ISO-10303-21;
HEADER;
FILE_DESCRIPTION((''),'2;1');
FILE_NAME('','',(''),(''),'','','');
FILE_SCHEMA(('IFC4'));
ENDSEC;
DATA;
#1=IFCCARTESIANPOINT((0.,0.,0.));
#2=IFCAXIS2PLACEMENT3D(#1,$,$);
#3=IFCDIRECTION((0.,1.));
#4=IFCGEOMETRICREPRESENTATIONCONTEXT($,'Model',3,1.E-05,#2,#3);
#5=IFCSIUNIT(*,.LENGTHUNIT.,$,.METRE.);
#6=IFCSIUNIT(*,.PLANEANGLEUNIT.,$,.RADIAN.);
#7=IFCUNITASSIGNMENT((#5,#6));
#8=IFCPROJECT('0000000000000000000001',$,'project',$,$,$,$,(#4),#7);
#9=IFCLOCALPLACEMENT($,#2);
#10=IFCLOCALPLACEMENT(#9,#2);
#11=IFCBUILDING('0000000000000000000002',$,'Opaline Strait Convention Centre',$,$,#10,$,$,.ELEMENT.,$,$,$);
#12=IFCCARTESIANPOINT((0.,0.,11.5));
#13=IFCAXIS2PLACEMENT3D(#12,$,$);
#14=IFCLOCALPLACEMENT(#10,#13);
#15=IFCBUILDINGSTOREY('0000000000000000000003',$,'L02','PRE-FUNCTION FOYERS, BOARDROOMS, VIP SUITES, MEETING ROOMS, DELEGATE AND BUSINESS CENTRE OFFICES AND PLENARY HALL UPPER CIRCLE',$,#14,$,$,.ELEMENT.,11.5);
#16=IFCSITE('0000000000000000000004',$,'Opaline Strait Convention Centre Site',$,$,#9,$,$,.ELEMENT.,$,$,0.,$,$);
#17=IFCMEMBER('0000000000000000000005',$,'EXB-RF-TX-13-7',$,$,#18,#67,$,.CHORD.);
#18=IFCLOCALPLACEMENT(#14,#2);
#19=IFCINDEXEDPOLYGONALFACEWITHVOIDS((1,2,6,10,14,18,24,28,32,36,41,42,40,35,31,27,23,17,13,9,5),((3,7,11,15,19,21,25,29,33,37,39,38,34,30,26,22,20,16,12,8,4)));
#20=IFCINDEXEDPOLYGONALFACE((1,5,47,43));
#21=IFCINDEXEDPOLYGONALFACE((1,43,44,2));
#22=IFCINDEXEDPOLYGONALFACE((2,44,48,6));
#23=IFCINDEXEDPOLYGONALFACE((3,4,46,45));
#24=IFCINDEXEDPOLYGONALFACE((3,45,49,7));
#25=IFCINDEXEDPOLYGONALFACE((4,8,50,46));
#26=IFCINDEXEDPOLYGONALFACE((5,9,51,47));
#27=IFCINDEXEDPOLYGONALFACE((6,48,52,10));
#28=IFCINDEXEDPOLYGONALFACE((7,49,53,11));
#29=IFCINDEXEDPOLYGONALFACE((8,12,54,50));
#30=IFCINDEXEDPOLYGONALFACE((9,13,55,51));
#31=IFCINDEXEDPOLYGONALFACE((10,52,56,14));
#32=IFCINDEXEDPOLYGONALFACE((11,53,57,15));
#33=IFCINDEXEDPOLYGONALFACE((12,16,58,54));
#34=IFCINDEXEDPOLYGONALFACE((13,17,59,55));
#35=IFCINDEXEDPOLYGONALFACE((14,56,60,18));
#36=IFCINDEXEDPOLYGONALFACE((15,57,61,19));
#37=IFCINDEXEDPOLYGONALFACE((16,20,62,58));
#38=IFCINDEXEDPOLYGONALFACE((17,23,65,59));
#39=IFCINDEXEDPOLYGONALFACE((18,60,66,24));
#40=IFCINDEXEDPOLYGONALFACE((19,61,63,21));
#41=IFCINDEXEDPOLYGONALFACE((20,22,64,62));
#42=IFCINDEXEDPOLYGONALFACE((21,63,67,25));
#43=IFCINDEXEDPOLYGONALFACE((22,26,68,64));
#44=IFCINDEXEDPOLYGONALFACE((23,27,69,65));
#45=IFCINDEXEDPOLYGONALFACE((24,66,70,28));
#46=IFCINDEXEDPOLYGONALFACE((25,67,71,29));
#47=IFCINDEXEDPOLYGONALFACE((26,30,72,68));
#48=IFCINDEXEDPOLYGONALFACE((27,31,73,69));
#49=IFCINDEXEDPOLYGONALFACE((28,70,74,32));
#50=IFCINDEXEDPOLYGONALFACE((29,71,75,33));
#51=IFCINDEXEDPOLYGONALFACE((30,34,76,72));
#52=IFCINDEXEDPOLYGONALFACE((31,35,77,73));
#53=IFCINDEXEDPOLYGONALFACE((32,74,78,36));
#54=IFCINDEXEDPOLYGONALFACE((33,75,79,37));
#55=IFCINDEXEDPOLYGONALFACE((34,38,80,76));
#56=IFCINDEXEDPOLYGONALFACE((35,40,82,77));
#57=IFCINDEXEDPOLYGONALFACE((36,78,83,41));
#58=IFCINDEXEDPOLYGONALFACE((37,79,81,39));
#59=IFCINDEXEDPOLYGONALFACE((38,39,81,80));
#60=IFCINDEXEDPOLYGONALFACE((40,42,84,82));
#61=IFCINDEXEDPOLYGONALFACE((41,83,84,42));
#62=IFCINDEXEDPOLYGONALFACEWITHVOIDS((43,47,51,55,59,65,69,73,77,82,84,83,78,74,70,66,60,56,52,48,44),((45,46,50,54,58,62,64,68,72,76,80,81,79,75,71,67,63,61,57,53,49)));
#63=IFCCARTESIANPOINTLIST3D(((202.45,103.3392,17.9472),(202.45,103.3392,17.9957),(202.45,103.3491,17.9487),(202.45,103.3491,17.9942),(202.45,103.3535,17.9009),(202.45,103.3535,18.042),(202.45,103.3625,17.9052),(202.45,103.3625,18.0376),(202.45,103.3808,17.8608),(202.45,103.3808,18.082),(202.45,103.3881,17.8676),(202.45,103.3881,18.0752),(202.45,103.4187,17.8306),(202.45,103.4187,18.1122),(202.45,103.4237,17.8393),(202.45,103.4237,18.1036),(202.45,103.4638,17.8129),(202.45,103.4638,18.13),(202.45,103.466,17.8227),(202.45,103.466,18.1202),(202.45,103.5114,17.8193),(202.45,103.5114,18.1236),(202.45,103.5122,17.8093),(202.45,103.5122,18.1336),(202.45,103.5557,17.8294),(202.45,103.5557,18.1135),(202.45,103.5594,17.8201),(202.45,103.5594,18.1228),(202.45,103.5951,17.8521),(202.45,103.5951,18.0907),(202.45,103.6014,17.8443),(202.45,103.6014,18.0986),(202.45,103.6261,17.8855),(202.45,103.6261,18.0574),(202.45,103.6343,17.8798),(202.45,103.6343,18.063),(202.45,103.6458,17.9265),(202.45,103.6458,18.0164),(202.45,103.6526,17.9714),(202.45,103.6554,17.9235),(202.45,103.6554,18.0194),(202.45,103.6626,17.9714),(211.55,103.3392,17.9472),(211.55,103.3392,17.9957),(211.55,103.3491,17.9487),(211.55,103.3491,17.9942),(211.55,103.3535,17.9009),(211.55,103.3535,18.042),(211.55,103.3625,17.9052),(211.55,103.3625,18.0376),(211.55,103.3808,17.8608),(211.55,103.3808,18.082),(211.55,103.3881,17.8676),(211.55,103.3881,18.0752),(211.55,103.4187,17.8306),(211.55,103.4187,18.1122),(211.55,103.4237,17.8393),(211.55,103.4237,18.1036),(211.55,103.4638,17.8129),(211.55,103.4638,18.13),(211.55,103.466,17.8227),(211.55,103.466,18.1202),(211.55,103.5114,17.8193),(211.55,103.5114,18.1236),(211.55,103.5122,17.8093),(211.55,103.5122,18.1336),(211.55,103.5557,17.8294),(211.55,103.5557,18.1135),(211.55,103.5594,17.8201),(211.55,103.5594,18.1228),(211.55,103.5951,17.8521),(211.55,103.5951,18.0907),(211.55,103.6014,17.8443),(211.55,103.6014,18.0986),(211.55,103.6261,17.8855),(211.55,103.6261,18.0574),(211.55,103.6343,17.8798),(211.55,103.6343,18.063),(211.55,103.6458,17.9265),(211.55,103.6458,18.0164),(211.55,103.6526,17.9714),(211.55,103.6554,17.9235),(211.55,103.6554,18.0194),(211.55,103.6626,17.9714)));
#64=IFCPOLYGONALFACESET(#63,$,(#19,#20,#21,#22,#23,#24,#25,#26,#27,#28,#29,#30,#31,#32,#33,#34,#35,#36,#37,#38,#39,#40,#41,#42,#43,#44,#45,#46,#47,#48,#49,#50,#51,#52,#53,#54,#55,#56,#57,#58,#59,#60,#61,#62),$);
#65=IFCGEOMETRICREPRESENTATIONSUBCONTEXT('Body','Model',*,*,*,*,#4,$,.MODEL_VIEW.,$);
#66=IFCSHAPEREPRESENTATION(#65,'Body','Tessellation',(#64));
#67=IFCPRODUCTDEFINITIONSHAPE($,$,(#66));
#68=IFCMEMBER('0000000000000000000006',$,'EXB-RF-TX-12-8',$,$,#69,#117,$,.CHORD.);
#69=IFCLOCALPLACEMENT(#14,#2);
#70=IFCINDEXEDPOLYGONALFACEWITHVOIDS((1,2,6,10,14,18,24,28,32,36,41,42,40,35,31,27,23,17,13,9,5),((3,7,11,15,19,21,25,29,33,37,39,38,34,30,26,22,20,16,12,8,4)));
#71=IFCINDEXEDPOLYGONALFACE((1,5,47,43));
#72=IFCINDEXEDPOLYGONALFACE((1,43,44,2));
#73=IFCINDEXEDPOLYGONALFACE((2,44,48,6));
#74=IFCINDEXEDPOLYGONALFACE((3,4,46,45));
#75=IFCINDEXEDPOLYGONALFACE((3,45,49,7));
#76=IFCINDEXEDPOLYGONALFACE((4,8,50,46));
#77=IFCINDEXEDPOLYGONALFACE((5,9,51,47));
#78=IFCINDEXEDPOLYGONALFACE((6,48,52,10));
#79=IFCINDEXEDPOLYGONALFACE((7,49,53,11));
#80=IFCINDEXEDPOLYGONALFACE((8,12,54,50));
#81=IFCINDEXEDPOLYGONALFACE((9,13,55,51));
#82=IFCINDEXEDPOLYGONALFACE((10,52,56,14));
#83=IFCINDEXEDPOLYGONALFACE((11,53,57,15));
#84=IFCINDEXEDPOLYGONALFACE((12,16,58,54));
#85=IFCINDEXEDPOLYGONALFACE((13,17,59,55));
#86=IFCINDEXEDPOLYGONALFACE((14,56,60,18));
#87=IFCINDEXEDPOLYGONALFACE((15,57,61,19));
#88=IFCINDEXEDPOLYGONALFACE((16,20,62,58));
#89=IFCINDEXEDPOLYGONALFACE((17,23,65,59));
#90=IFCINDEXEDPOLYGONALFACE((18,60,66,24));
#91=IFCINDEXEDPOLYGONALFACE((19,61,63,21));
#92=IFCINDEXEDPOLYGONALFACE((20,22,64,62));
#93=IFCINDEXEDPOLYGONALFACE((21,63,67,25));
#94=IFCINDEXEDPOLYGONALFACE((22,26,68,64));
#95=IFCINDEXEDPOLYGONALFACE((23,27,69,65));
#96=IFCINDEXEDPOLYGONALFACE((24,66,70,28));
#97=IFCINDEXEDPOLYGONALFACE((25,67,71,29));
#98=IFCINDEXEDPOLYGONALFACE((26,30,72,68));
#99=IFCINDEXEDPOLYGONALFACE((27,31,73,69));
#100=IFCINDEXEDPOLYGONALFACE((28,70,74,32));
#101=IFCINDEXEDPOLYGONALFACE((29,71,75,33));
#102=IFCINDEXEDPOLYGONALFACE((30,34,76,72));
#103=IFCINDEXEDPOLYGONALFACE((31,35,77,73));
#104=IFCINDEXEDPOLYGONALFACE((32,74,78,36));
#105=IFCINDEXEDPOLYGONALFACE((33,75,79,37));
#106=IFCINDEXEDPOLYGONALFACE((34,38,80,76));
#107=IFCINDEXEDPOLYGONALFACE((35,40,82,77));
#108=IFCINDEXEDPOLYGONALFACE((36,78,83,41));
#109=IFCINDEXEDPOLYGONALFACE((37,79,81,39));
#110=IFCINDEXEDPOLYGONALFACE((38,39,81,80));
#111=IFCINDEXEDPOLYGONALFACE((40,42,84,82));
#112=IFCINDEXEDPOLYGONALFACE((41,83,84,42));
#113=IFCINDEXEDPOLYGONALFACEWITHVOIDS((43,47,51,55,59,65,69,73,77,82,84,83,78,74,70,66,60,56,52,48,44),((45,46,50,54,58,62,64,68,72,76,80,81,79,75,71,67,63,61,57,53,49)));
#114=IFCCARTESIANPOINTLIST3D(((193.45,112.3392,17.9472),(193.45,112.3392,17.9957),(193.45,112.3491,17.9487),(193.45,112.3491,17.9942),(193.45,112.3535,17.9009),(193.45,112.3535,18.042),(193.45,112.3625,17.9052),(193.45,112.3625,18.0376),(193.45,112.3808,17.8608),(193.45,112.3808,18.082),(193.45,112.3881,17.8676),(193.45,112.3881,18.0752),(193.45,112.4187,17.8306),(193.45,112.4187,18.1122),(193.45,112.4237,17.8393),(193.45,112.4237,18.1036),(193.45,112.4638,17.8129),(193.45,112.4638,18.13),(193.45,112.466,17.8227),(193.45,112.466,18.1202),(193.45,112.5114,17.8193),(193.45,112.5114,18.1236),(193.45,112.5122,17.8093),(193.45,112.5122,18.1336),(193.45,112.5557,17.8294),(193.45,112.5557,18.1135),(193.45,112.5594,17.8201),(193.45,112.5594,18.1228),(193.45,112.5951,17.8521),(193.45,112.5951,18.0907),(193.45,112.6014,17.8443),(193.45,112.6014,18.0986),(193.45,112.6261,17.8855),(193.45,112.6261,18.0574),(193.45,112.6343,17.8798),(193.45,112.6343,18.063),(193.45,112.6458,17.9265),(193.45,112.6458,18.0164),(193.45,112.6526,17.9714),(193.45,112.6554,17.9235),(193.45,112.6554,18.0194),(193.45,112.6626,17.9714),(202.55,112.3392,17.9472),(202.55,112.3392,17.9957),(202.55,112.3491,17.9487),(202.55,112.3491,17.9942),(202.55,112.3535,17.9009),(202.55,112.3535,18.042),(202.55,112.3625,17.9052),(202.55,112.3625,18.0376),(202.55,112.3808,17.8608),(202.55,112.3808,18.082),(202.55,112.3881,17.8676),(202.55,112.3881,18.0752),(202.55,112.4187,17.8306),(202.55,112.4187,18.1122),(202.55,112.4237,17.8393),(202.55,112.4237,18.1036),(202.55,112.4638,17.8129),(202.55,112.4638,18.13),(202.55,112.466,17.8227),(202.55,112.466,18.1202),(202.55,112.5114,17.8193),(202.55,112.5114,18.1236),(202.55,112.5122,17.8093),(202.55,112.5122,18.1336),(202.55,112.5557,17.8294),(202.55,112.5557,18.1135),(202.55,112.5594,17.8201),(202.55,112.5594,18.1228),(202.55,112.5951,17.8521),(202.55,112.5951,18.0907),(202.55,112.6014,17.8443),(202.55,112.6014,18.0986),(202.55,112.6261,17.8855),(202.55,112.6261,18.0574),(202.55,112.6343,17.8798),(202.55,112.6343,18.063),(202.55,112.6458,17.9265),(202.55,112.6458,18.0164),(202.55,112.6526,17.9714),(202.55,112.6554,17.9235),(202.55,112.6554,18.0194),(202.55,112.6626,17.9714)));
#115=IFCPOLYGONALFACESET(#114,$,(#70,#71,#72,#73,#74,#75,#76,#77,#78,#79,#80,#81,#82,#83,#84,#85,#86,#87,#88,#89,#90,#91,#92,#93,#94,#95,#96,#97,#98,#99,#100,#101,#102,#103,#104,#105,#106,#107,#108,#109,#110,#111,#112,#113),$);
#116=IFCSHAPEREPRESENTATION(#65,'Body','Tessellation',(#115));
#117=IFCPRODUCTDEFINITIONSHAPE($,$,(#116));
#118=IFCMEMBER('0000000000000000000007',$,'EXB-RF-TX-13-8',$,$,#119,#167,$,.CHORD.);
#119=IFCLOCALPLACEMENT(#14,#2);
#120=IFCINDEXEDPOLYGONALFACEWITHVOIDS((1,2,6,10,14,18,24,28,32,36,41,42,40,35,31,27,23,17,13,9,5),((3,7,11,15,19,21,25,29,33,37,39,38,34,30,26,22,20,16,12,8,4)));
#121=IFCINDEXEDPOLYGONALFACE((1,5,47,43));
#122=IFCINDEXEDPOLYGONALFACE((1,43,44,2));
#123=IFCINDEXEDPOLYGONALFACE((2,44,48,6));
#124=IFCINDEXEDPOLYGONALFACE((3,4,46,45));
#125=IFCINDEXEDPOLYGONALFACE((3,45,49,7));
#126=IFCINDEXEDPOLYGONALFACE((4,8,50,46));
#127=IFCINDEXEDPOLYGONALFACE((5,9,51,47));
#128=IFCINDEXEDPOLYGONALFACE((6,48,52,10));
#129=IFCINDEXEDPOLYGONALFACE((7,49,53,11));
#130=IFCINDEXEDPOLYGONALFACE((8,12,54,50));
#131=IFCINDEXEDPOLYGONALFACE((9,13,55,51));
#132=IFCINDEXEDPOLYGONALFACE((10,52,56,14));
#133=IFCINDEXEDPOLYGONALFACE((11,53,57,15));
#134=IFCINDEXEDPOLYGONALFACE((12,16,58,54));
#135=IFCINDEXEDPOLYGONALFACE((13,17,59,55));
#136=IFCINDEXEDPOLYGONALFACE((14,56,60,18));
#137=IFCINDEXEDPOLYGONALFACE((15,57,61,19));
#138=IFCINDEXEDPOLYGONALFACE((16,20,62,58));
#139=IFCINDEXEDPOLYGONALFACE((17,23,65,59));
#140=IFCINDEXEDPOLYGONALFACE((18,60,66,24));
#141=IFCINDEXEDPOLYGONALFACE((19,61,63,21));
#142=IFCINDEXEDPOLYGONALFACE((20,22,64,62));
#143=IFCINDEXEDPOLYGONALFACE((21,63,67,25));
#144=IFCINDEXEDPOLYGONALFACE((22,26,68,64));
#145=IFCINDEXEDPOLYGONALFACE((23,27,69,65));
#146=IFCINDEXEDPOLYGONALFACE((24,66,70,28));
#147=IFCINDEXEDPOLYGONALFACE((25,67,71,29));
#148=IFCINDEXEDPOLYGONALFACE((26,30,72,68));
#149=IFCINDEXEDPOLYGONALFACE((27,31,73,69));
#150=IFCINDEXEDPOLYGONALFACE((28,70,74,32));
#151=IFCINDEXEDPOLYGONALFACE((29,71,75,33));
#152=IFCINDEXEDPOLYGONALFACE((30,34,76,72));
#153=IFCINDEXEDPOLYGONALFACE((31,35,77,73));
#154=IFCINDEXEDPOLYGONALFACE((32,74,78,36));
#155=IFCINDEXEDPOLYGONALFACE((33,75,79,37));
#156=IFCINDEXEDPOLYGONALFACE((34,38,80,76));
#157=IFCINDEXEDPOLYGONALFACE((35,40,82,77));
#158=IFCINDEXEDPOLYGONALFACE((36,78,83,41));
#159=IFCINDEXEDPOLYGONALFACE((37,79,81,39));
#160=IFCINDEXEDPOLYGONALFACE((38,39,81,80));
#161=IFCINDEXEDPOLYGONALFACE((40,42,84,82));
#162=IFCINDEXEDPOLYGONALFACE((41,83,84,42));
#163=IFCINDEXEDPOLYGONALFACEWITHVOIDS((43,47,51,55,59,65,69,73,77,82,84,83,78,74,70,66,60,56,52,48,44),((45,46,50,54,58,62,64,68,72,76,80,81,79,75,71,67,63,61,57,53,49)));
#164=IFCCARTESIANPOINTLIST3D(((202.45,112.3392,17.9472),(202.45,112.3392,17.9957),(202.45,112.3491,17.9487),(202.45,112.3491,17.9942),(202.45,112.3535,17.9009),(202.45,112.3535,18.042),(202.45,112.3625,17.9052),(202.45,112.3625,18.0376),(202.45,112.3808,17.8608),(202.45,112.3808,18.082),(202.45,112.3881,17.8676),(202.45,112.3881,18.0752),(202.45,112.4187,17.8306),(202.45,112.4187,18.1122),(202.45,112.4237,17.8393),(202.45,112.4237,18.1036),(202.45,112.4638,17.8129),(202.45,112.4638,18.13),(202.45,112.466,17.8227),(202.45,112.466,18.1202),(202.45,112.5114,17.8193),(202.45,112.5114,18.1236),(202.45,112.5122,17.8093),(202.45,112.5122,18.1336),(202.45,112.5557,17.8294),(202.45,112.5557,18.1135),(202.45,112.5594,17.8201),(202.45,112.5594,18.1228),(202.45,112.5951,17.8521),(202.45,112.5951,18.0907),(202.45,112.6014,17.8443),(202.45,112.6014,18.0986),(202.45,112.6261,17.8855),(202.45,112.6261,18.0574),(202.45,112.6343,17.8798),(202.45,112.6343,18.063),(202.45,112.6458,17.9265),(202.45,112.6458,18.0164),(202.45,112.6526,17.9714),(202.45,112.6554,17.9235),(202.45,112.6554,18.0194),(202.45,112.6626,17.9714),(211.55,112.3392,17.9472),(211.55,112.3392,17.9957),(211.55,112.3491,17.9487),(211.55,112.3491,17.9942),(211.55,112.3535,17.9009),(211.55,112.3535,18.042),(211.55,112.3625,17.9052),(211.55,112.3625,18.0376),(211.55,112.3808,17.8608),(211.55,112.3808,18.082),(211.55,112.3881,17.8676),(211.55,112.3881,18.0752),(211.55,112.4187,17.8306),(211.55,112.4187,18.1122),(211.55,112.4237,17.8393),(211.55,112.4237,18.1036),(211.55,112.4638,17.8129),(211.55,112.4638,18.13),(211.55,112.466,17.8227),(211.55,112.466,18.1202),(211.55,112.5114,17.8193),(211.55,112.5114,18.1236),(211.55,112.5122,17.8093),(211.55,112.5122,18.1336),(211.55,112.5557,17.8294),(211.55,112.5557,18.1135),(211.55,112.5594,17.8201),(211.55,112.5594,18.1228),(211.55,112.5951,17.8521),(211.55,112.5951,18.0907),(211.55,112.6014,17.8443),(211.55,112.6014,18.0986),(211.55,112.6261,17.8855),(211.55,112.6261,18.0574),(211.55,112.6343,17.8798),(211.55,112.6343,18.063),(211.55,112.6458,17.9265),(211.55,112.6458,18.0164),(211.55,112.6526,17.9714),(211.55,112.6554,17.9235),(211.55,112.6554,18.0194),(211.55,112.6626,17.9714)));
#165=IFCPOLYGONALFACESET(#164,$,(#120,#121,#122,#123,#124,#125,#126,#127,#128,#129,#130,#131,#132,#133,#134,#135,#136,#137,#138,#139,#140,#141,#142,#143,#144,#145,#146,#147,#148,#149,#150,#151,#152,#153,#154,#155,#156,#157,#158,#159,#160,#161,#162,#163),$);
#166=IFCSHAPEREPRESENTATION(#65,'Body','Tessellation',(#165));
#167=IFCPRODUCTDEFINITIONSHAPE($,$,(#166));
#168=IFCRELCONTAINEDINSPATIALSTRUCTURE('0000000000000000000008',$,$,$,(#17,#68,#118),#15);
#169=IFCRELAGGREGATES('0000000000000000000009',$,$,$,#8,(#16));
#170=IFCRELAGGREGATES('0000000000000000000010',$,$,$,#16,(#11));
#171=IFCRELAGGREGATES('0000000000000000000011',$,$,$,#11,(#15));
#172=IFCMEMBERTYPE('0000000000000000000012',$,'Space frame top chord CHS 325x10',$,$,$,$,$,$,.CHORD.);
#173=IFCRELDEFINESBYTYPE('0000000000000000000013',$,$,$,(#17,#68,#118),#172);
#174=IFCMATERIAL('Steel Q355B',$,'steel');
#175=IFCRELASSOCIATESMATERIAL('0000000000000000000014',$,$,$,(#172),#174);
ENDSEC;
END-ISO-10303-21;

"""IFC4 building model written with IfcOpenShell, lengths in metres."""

from ifc_helpers import new_model, si_unit, direction, frame, origin, origin_2d, place, context, subcontext, project, spatial, hollow_circle, extrude, material, material_profile, profile_set, type_object, element, save


model = new_model("IFC4")

# Units and contexts
model_context = context("Model", 3, precision=1e-05, world=origin(), true_north=direction((0.0, 1.0)))
body_context = subcontext(model_context, "Body", "Model", "MODEL_VIEW")
ifc_project = project(units=[si_unit("LENGTHUNIT", "METRE"), si_unit("PLANEANGLEUNIT", "RADIAN")], contexts=[model_context])

# Site, building, storey
site_placement = place(None, origin())
site = spatial("IfcSite", under=ifc_project, at=site_placement, Name="Opaline Strait Convention Centre Site", CompositionType="ELEMENT", RefElevation=0.0)
building_placement = place(site_placement, origin())
building = spatial("IfcBuilding", under=site, at=building_placement, Name="Opaline Strait Convention Centre", CompositionType="ELEMENT")
storey_placement = place(building_placement, frame((0.0, 0.0, 11.5)))
storey = spatial("IfcBuildingStorey", under=building, at=storey_placement, Name="L02", Description="PRE-FUNCTION FOYERS, BOARDROOMS, VIP SUITES, MEETING ROOMS, DELEGATE AND BUSINESS CENTRE OFFICES AND PLENARY HALL UPPER CIRCLE", CompositionType="ELEMENT", Elevation=11.5)

# Members
ifc_material = material(Name="Steel Q355B", Category="steel")
ifc_material_profile_1 = material_profile(ifc_material, hollow_circle(Radius=0.1626, WallThickness=0.01, at=origin_2d()), Name="CHS 325x10")
ifc_profile_set_1 = profile_set([ifc_material_profile_1], Name="Steel Q355B")
member_type_1 = type_object("IfcMemberType", Name="Space frame top chord CHS 325x10", PredefinedType="CHORD", material=ifc_profile_set_1)
for number, where, z_axis, x_axis, name in (
    (1, (202.45, 103.5, 17.9714), (1.0, 0.0, 0.0), (0.0, 1.0, 0.0), "EXB-RF-TX-13-7"),
    (2, (193.45, 112.5, 17.9714), (1.0, 0.0, 0.0), (0.0, 1.0, 0.0), "EXB-RF-TX-12-8"),
    (3, (202.45, 112.5, 17.9714), (1.0, 0.0, 0.0), (0.0, 1.0, 0.0), "EXB-RF-TX-13-8"),
):
    element("IfcMember", number, at=place(storey_placement, frame(where, z_axis=z_axis, x_axis=x_axis)), inside=storey, type_object=member_type_1, Name=name, PredefinedType="CHORD", context=body_context, shape_type="SweptSolid", body=[
        extrude(hollow_circle(Radius=0.1626, WallThickness=0.01, at=origin_2d()), origin(), (0.0, 0.0, 1.0), 9.1001),
    ])

save(model, "model.ifc")
